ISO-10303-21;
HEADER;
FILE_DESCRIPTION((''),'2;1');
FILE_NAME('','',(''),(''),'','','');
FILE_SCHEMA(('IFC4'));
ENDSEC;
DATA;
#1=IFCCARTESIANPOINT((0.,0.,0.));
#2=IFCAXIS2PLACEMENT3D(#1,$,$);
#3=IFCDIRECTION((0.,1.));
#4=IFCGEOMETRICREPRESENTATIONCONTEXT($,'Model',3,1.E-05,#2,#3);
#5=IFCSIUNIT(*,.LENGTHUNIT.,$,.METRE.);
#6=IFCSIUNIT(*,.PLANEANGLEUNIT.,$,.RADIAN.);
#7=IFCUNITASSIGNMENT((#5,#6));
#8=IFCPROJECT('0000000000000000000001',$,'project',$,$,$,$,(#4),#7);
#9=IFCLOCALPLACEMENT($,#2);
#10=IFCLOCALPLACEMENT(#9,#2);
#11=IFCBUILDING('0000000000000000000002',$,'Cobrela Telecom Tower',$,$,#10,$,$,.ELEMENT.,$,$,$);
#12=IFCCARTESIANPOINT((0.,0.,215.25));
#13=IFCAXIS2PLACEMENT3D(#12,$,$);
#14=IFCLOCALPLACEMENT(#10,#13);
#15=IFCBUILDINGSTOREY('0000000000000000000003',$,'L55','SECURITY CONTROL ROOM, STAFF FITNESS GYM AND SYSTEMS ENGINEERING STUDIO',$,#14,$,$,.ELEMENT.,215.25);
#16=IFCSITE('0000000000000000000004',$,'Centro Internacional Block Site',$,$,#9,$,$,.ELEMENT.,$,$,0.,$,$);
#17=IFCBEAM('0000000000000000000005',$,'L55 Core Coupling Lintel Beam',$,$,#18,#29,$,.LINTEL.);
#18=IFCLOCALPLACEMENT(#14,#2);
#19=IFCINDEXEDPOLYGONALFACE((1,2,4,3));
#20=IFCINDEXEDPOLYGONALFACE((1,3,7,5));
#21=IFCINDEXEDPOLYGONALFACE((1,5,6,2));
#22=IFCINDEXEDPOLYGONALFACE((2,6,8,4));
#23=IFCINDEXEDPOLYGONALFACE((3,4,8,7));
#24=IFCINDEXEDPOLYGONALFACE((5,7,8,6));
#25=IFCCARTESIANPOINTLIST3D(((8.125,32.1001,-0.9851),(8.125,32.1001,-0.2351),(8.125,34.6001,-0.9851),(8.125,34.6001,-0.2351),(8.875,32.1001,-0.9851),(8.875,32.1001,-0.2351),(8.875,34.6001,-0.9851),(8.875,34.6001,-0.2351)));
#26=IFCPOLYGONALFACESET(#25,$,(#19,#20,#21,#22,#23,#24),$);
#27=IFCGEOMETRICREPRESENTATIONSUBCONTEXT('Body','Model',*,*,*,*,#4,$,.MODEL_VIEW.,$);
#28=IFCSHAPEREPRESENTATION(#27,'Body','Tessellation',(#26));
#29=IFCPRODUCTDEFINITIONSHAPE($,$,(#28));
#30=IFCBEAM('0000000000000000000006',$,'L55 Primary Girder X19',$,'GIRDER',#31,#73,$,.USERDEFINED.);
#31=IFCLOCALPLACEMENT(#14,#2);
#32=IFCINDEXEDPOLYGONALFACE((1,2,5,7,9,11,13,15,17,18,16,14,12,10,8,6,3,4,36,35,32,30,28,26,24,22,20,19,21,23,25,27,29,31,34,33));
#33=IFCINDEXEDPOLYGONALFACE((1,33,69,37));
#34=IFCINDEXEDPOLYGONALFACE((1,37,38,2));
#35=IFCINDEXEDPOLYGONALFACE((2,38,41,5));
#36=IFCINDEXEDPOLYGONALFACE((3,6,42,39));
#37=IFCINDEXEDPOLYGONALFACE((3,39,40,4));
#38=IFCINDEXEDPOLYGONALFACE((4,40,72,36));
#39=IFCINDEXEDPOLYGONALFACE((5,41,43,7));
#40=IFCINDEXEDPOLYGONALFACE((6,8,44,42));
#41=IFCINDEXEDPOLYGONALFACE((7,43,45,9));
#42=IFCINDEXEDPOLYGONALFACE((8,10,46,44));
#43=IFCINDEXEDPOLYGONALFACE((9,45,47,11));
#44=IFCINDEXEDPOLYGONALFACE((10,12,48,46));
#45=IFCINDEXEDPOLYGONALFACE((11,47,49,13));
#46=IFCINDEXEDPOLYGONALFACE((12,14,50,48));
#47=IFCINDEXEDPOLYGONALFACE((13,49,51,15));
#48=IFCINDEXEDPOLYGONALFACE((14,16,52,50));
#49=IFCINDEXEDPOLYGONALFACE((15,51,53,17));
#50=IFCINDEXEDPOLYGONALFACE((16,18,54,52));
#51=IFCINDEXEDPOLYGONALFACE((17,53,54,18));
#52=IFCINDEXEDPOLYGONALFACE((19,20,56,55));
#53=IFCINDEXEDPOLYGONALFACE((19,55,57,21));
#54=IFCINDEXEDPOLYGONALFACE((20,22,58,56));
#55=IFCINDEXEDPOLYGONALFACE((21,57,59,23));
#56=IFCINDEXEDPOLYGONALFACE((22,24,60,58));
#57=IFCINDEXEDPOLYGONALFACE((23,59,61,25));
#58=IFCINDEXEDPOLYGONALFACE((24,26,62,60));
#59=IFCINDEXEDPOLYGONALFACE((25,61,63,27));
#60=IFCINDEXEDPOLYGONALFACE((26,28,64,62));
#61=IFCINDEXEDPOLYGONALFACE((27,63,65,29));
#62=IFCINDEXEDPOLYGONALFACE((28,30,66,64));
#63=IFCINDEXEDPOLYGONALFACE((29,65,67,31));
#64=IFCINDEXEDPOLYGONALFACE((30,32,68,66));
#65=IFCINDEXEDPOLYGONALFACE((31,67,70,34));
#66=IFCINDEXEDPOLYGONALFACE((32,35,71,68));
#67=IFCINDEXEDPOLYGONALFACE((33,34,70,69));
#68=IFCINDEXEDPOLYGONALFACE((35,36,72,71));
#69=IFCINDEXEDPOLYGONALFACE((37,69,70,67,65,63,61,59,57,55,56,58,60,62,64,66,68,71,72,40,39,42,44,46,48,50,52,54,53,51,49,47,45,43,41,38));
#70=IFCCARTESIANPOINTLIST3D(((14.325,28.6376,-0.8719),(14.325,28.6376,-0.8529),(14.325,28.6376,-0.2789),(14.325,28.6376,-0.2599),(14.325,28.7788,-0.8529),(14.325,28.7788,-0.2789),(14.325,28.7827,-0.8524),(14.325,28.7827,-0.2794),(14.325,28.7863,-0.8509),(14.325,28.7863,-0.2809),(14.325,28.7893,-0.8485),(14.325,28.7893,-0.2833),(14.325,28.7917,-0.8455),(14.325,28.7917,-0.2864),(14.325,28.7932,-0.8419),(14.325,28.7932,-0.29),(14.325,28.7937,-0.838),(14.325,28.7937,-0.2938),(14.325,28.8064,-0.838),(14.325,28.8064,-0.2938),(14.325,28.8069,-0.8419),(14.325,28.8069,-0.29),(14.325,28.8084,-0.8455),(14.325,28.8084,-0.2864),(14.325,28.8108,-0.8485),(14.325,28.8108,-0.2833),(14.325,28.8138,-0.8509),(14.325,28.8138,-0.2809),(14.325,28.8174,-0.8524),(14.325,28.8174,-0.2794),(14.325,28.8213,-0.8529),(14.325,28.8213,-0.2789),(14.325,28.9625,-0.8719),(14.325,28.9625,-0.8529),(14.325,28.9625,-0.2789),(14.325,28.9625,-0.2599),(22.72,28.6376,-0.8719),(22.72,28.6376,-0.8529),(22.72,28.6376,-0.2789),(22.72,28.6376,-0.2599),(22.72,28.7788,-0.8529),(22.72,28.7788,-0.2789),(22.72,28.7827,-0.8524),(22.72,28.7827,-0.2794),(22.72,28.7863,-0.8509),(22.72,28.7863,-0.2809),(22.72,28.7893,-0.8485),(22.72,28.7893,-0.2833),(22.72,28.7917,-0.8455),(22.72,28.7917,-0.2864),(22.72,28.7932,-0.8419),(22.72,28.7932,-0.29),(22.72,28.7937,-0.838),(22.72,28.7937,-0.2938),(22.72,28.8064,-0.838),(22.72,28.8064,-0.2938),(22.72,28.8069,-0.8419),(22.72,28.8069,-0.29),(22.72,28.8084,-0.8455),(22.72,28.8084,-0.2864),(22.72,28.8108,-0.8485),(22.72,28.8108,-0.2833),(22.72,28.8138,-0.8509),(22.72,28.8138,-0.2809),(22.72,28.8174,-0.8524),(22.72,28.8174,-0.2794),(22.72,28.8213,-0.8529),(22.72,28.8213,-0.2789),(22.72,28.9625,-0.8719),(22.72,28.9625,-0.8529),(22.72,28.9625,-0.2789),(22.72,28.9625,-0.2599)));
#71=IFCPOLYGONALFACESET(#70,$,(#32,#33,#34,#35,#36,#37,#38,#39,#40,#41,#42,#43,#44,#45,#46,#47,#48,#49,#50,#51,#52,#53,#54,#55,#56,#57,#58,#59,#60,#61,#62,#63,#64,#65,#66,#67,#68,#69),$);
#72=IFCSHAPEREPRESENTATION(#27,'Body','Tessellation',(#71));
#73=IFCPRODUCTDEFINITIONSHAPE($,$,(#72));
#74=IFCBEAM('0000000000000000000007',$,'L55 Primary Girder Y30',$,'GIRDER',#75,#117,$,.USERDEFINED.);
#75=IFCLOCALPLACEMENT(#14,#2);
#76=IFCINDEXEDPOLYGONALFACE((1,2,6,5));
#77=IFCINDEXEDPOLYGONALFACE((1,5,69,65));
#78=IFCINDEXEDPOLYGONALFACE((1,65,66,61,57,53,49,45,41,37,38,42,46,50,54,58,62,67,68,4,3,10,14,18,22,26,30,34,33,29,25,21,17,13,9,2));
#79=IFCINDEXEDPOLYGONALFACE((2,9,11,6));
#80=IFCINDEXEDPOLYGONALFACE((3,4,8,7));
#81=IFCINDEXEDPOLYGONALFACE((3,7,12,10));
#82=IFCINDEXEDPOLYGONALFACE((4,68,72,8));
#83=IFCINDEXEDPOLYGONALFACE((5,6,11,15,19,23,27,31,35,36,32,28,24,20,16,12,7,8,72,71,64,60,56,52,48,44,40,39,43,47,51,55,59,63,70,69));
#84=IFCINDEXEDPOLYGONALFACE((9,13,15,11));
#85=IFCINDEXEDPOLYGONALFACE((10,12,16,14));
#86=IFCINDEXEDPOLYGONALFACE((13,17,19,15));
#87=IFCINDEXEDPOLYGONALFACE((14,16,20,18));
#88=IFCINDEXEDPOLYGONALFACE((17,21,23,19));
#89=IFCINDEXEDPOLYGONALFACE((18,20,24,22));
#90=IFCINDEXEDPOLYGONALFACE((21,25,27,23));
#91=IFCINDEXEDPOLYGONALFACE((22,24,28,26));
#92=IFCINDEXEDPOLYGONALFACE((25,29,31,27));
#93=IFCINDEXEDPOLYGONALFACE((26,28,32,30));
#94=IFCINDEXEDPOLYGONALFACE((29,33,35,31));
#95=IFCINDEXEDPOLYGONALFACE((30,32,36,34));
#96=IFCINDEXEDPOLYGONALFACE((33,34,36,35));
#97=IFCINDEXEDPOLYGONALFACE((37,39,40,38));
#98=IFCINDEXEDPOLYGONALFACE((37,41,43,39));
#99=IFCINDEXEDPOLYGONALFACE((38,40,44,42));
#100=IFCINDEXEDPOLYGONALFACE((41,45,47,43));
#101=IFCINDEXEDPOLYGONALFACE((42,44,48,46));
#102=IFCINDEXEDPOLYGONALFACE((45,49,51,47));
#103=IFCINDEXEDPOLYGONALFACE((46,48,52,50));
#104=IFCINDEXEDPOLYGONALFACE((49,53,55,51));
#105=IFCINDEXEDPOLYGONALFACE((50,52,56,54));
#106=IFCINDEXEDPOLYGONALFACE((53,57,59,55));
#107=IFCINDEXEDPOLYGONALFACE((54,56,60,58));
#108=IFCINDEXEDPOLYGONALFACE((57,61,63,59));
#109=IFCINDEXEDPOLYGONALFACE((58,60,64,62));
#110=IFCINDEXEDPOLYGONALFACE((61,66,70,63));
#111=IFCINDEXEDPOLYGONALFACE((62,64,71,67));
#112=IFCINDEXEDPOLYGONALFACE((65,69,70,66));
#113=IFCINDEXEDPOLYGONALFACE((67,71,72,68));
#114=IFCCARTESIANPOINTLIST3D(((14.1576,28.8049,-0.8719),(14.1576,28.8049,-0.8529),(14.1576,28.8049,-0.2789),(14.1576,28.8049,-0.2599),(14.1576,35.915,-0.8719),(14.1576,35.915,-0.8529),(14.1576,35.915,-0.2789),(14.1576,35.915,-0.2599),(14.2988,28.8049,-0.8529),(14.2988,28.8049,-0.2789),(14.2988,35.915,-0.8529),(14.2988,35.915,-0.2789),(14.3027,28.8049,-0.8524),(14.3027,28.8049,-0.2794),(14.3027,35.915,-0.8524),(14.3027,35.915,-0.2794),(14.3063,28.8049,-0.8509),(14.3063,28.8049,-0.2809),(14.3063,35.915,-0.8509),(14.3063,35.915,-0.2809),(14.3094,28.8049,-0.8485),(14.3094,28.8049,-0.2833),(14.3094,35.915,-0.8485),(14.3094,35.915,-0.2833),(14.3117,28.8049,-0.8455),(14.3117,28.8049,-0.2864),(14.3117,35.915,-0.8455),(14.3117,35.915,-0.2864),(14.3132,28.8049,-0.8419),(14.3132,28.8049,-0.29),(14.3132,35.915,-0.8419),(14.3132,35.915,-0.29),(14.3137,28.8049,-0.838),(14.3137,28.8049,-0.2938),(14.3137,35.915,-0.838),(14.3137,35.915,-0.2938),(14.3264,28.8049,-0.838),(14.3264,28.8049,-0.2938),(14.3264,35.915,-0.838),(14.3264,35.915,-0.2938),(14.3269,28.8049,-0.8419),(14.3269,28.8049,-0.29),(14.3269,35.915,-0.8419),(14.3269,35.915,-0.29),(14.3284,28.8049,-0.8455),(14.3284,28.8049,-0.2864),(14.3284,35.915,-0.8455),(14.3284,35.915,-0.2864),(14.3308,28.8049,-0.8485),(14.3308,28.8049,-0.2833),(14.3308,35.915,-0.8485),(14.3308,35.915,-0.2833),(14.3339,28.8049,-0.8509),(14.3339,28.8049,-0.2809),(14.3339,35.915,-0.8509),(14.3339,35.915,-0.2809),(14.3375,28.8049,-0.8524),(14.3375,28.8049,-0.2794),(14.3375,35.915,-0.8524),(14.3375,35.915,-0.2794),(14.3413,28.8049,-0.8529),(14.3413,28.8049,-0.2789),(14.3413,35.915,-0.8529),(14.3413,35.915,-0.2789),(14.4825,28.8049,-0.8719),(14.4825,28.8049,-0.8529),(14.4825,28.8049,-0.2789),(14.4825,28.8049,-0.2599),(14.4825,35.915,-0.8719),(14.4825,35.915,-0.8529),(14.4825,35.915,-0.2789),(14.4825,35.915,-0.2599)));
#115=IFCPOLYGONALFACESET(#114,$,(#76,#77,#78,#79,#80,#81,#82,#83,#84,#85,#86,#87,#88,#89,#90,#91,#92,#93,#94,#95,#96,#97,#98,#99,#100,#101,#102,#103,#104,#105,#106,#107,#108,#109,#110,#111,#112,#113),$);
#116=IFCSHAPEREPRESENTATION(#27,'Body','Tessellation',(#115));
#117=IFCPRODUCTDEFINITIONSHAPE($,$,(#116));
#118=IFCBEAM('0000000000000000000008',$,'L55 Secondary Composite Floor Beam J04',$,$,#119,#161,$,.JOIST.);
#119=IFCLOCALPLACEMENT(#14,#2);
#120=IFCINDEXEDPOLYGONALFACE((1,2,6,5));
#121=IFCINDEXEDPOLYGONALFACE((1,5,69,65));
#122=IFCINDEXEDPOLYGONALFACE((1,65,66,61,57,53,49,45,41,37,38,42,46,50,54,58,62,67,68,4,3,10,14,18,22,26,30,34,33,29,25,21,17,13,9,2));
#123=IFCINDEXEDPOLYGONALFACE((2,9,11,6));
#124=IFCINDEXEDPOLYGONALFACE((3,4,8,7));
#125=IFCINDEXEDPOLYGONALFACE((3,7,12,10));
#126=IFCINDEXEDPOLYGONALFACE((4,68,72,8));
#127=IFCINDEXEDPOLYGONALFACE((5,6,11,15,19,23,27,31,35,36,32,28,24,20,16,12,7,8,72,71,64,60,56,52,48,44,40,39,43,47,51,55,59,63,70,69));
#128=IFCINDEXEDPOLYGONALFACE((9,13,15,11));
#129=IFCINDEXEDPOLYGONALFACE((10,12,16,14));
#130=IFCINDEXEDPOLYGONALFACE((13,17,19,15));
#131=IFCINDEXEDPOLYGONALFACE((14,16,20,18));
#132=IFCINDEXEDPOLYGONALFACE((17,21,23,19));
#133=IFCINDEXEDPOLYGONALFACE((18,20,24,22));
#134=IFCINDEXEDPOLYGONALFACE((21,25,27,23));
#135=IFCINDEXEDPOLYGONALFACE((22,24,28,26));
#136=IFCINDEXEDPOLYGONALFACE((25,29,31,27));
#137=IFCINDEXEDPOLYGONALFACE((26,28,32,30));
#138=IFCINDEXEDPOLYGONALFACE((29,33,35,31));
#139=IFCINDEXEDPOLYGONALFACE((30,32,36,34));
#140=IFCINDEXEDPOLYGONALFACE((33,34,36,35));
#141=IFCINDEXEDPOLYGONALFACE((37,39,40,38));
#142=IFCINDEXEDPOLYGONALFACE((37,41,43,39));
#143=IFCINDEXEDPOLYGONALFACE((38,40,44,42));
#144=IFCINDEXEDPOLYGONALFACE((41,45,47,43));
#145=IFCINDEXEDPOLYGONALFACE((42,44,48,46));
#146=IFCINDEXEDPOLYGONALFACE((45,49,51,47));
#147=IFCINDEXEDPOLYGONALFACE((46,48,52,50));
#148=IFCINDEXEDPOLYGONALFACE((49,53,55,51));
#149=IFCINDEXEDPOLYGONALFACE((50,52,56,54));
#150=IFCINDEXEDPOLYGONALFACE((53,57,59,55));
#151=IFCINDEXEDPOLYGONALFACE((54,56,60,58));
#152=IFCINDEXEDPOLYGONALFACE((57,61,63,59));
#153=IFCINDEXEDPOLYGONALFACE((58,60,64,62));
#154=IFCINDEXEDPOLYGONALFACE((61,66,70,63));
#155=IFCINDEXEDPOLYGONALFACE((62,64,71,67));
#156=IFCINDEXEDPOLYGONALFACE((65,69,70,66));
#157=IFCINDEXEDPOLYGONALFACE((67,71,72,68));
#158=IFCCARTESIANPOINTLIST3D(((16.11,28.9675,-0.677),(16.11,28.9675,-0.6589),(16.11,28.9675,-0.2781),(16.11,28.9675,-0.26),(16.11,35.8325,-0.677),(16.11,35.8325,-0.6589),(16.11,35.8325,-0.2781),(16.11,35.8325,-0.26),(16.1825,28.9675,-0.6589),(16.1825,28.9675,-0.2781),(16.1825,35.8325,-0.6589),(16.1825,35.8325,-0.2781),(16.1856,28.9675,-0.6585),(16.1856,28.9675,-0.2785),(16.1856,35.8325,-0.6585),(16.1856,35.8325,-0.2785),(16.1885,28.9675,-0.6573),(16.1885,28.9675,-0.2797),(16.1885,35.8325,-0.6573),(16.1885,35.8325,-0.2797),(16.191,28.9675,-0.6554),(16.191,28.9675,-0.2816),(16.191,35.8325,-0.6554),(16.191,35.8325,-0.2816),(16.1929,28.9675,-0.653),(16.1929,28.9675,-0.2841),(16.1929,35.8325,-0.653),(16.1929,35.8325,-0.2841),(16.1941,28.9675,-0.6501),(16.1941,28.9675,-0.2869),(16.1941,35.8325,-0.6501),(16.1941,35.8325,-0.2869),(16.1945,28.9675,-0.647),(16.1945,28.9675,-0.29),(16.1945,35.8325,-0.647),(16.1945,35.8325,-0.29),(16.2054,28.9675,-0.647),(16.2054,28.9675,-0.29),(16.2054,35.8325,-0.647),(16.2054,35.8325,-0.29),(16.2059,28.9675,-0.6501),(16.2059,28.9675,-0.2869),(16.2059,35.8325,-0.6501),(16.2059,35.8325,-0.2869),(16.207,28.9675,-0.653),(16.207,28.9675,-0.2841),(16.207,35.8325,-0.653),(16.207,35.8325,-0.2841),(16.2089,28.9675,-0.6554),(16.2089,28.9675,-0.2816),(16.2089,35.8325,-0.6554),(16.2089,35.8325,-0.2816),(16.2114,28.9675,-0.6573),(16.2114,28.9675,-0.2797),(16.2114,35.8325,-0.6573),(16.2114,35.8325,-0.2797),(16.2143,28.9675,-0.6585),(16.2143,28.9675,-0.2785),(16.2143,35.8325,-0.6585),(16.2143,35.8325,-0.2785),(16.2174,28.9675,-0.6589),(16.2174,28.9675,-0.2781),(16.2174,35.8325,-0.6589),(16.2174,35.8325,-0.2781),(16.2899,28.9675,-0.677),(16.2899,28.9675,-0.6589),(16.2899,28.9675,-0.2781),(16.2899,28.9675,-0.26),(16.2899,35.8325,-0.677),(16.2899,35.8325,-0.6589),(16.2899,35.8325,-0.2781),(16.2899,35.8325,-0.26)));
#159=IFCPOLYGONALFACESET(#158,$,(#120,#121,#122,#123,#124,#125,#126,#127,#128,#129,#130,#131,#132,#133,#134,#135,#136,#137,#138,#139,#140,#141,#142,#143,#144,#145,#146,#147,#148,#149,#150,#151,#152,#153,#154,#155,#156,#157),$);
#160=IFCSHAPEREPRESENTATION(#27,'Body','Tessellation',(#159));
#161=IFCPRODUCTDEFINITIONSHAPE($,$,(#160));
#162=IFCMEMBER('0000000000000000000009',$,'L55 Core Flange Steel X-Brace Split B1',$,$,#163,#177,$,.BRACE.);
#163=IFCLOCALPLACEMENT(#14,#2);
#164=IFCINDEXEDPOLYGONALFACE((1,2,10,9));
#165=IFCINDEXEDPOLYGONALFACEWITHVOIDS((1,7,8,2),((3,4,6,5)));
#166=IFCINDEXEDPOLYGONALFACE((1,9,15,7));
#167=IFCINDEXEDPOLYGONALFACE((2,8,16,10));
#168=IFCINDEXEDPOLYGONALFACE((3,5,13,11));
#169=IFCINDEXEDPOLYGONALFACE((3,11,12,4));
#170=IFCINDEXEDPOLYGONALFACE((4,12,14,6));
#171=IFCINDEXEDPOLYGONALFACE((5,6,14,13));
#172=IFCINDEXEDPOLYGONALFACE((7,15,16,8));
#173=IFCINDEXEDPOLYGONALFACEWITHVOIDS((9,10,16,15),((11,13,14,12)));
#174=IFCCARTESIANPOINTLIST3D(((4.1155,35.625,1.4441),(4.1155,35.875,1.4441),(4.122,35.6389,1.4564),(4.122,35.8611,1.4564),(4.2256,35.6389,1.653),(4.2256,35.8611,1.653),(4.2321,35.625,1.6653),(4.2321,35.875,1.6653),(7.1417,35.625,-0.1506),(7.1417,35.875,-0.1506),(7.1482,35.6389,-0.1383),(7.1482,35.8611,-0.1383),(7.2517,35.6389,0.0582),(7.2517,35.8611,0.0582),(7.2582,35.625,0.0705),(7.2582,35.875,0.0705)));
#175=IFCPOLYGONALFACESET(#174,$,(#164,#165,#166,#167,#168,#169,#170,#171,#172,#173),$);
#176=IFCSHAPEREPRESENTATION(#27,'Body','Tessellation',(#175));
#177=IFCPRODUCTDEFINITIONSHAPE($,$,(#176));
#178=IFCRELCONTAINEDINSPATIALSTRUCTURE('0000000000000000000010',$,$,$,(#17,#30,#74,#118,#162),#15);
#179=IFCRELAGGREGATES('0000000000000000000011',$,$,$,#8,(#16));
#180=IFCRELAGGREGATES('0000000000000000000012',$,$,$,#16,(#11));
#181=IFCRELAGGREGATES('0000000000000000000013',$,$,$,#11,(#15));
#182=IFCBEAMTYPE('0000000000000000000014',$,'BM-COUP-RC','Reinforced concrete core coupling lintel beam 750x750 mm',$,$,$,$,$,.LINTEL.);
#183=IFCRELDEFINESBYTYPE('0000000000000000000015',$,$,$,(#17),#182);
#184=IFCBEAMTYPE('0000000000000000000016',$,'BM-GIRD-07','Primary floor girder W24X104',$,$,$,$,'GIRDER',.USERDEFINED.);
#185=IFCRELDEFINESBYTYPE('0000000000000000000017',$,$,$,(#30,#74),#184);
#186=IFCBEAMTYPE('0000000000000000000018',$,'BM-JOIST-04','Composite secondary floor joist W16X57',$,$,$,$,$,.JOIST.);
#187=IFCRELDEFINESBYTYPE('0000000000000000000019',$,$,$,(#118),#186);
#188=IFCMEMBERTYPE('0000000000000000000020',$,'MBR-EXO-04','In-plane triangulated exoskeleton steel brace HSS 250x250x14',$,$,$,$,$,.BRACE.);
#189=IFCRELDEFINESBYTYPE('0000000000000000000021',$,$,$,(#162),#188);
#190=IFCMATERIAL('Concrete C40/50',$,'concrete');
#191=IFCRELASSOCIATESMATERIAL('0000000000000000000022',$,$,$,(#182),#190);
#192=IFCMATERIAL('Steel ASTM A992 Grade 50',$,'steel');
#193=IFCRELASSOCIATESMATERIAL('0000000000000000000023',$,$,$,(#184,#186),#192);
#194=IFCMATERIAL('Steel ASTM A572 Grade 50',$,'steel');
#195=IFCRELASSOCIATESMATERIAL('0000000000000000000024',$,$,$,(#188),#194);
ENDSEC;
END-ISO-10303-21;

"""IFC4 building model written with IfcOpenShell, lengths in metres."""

from ifc_helpers import new_model, si_unit, direction, frame, origin, origin_2d, place, context, subcontext, project, spatial, rectangle, hollow_rectangle, i_section, extrude, material, material_profile, profile_set, type_object, element, save


model = new_model("IFC4")

# Units and contexts
model_context = context("Model", 3, precision=1e-05, world=origin(), true_north=direction((0.0, 1.0)))
body_context = subcontext(model_context, "Body", "Model", "MODEL_VIEW")
ifc_project = project(units=[si_unit("LENGTHUNIT", "METRE"), si_unit("PLANEANGLEUNIT", "RADIAN")], contexts=[model_context])

# Site, building, storey
site_placement = place(None, origin())
site = spatial("IfcSite", under=ifc_project, at=site_placement, Name="Centro Internacional Block Site", CompositionType="ELEMENT", RefElevation=0.0)
building_placement = place(site_placement, origin())
building = spatial("IfcBuilding", under=site, at=building_placement, Name="Cobrela Telecom Tower", CompositionType="ELEMENT")
storey_placement = place(building_placement, frame((0.0, 0.0, 215.25)))
storey = spatial("IfcBuildingStorey", under=building, at=storey_placement, Name="L55", Description="SECURITY CONTROL ROOM, STAFF FITNESS GYM AND SYSTEMS ENGINEERING STUDIO", CompositionType="ELEMENT", Elevation=215.25)

# Beams
ifc_material_1 = material(Name="Concrete C40/50", Category="concrete")
ifc_material_profile_1 = material_profile(ifc_material_1, rectangle(XDim=0.75, YDim=0.75, at=origin_2d()), Name="RC 750x750")
ifc_profile_set_1 = profile_set([ifc_material_profile_1], Name="Concrete C40/50")
beam_type_1 = type_object("IfcBeamType", Name="BM-COUP-RC", Description="Reinforced concrete core coupling lintel beam 750x750 mm", PredefinedType="LINTEL", material=ifc_profile_set_1)
beam_1_placement = place(storey_placement, frame((8.5, 32.1001, -0.6101), z_axis=(0.0, 1.0, 0.0), x_axis=(-1.0, 0.0, 0.0)))
element("IfcBeam", 1, at=beam_1_placement, inside=storey, type_object=beam_type_1, Name="L55 Core Coupling Lintel Beam", PredefinedType="LINTEL", context=body_context, shape_type="SweptSolid", body=[
    extrude(rectangle(XDim=0.75, YDim=0.75, at=origin_2d()), origin(), (0.0, 0.0, 1.0), 2.5),
])
ifc_material_2 = material(Name="Steel ASTM A992 Grade 50", Category="steel")
ifc_material_profile_2 = material_profile(ifc_material_2, i_section(OverallWidth=0.325, OverallDepth=0.6121, WebThickness=0.0127, FlangeThickness=0.019, FilletRadius=0.0149, at=origin_2d()), Name="W24X104")
ifc_profile_set_2 = profile_set([ifc_material_profile_2], Name="Steel ASTM A992 Grade 50")
beam_type_2 = type_object("IfcBeamType", Name="BM-GIRD-07", Description="Primary floor girder W24X104", ElementType="GIRDER", PredefinedType="USERDEFINED", material=ifc_profile_set_2)
beam_2_placement = place(storey_placement, frame((14.325, 28.8, -0.5659), z_axis=(1.0, 0.0, 0.0), x_axis=(0.0, 1.0, 0.0)))
element("IfcBeam", 2, at=beam_2_placement, inside=storey, type_object=beam_type_2, Name="L55 Primary Girder X19", ObjectType="GIRDER", PredefinedType="USERDEFINED", context=body_context, shape_type="SweptSolid", body=[
    extrude(i_section(OverallWidth=0.325, OverallDepth=0.6121, WebThickness=0.0127, FlangeThickness=0.019, FilletRadius=0.0149, at=origin_2d()), origin(), (0.0, 0.0, 1.0), 8.395),
])
beam_3_placement = place(storey_placement, frame((14.3201, 28.8049, -0.5659), z_axis=(0.0, 1.0, 0.0), x_axis=(-1.0, 0.0, 0.0)))
element("IfcBeam", 3, at=beam_3_placement, inside=storey, type_object=beam_type_2, Name="L55 Primary Girder Y30", ObjectType="GIRDER", PredefinedType="USERDEFINED", context=body_context, shape_type="SweptSolid", body=[
    extrude(i_section(OverallWidth=0.325, OverallDepth=0.6121, WebThickness=0.0127, FlangeThickness=0.019, FilletRadius=0.0149, at=origin_2d()), origin(), (0.0, 0.0, 1.0), 7.1101),
])
ifc_material_profile_3 = material_profile(ifc_material_2, i_section(OverallWidth=0.1799, OverallDepth=0.417, WebThickness=0.011, FlangeThickness=0.0181, FilletRadius=0.012, at=origin_2d()), Name="W16X57")
ifc_profile_set_3 = profile_set([ifc_material_profile_3], Name="Steel ASTM A992 Grade 50")
beam_type_3 = type_object("IfcBeamType", Name="BM-JOIST-04", Description="Composite secondary floor joist W16X57", PredefinedType="JOIST", material=ifc_profile_set_3)
beam_4_placement = place(storey_placement, frame((16.2, 28.9675, -0.4685), z_axis=(0.0, 1.0, 0.0), x_axis=(-1.0, 0.0, 0.0)))
element("IfcBeam", 4, at=beam_4_placement, inside=storey, type_object=beam_type_3, Name="L55 Secondary Composite Floor Beam J04", PredefinedType="JOIST", context=body_context, shape_type="SweptSolid", body=[
    extrude(i_section(OverallWidth=0.1799, OverallDepth=0.417, WebThickness=0.011, FlangeThickness=0.0181, FilletRadius=0.012, at=origin_2d()), origin(), (0.0, 0.0, 1.0), 6.865),
])

# Member
ifc_material_3 = material(Name="Steel ASTM A572 Grade 50", Category="steel")
ifc_material_profile_4 = material_profile(ifc_material_3, hollow_rectangle(XDim=0.25, YDim=0.25, WallThickness=0.0139, at=origin_2d()), Name="HSS 250x250x14")
ifc_profile_set_4 = profile_set([ifc_material_profile_4], Name="Steel ASTM A572 Grade 50")
member_type = type_object("IfcMemberType", Name="MBR-EXO-04", Description="In-plane triangulated exoskeleton steel brace HSS 250x250x14", PredefinedType="BRACE", material=ifc_profile_set_4)
member_placement = place(storey_placement, frame((7.2, 35.75, -0.04), z_axis=(-0.884673, 0.0, 0.466211), x_axis=(0.0, -1.0, 0.0)))
element("IfcMember", 5, at=member_placement, inside=storey, type_object=member_type, Name="L55 Core Flange Steel X-Brace Split B1", PredefinedType="BRACE", context=body_context, shape_type="SweptSolid", body=[
    extrude(hollow_rectangle(XDim=0.25, YDim=0.25, WallThickness=0.0139, at=origin_2d()), origin(), (0.0, 0.0, 1.0), 3.4207),
])

save(model, "model.ifc")
